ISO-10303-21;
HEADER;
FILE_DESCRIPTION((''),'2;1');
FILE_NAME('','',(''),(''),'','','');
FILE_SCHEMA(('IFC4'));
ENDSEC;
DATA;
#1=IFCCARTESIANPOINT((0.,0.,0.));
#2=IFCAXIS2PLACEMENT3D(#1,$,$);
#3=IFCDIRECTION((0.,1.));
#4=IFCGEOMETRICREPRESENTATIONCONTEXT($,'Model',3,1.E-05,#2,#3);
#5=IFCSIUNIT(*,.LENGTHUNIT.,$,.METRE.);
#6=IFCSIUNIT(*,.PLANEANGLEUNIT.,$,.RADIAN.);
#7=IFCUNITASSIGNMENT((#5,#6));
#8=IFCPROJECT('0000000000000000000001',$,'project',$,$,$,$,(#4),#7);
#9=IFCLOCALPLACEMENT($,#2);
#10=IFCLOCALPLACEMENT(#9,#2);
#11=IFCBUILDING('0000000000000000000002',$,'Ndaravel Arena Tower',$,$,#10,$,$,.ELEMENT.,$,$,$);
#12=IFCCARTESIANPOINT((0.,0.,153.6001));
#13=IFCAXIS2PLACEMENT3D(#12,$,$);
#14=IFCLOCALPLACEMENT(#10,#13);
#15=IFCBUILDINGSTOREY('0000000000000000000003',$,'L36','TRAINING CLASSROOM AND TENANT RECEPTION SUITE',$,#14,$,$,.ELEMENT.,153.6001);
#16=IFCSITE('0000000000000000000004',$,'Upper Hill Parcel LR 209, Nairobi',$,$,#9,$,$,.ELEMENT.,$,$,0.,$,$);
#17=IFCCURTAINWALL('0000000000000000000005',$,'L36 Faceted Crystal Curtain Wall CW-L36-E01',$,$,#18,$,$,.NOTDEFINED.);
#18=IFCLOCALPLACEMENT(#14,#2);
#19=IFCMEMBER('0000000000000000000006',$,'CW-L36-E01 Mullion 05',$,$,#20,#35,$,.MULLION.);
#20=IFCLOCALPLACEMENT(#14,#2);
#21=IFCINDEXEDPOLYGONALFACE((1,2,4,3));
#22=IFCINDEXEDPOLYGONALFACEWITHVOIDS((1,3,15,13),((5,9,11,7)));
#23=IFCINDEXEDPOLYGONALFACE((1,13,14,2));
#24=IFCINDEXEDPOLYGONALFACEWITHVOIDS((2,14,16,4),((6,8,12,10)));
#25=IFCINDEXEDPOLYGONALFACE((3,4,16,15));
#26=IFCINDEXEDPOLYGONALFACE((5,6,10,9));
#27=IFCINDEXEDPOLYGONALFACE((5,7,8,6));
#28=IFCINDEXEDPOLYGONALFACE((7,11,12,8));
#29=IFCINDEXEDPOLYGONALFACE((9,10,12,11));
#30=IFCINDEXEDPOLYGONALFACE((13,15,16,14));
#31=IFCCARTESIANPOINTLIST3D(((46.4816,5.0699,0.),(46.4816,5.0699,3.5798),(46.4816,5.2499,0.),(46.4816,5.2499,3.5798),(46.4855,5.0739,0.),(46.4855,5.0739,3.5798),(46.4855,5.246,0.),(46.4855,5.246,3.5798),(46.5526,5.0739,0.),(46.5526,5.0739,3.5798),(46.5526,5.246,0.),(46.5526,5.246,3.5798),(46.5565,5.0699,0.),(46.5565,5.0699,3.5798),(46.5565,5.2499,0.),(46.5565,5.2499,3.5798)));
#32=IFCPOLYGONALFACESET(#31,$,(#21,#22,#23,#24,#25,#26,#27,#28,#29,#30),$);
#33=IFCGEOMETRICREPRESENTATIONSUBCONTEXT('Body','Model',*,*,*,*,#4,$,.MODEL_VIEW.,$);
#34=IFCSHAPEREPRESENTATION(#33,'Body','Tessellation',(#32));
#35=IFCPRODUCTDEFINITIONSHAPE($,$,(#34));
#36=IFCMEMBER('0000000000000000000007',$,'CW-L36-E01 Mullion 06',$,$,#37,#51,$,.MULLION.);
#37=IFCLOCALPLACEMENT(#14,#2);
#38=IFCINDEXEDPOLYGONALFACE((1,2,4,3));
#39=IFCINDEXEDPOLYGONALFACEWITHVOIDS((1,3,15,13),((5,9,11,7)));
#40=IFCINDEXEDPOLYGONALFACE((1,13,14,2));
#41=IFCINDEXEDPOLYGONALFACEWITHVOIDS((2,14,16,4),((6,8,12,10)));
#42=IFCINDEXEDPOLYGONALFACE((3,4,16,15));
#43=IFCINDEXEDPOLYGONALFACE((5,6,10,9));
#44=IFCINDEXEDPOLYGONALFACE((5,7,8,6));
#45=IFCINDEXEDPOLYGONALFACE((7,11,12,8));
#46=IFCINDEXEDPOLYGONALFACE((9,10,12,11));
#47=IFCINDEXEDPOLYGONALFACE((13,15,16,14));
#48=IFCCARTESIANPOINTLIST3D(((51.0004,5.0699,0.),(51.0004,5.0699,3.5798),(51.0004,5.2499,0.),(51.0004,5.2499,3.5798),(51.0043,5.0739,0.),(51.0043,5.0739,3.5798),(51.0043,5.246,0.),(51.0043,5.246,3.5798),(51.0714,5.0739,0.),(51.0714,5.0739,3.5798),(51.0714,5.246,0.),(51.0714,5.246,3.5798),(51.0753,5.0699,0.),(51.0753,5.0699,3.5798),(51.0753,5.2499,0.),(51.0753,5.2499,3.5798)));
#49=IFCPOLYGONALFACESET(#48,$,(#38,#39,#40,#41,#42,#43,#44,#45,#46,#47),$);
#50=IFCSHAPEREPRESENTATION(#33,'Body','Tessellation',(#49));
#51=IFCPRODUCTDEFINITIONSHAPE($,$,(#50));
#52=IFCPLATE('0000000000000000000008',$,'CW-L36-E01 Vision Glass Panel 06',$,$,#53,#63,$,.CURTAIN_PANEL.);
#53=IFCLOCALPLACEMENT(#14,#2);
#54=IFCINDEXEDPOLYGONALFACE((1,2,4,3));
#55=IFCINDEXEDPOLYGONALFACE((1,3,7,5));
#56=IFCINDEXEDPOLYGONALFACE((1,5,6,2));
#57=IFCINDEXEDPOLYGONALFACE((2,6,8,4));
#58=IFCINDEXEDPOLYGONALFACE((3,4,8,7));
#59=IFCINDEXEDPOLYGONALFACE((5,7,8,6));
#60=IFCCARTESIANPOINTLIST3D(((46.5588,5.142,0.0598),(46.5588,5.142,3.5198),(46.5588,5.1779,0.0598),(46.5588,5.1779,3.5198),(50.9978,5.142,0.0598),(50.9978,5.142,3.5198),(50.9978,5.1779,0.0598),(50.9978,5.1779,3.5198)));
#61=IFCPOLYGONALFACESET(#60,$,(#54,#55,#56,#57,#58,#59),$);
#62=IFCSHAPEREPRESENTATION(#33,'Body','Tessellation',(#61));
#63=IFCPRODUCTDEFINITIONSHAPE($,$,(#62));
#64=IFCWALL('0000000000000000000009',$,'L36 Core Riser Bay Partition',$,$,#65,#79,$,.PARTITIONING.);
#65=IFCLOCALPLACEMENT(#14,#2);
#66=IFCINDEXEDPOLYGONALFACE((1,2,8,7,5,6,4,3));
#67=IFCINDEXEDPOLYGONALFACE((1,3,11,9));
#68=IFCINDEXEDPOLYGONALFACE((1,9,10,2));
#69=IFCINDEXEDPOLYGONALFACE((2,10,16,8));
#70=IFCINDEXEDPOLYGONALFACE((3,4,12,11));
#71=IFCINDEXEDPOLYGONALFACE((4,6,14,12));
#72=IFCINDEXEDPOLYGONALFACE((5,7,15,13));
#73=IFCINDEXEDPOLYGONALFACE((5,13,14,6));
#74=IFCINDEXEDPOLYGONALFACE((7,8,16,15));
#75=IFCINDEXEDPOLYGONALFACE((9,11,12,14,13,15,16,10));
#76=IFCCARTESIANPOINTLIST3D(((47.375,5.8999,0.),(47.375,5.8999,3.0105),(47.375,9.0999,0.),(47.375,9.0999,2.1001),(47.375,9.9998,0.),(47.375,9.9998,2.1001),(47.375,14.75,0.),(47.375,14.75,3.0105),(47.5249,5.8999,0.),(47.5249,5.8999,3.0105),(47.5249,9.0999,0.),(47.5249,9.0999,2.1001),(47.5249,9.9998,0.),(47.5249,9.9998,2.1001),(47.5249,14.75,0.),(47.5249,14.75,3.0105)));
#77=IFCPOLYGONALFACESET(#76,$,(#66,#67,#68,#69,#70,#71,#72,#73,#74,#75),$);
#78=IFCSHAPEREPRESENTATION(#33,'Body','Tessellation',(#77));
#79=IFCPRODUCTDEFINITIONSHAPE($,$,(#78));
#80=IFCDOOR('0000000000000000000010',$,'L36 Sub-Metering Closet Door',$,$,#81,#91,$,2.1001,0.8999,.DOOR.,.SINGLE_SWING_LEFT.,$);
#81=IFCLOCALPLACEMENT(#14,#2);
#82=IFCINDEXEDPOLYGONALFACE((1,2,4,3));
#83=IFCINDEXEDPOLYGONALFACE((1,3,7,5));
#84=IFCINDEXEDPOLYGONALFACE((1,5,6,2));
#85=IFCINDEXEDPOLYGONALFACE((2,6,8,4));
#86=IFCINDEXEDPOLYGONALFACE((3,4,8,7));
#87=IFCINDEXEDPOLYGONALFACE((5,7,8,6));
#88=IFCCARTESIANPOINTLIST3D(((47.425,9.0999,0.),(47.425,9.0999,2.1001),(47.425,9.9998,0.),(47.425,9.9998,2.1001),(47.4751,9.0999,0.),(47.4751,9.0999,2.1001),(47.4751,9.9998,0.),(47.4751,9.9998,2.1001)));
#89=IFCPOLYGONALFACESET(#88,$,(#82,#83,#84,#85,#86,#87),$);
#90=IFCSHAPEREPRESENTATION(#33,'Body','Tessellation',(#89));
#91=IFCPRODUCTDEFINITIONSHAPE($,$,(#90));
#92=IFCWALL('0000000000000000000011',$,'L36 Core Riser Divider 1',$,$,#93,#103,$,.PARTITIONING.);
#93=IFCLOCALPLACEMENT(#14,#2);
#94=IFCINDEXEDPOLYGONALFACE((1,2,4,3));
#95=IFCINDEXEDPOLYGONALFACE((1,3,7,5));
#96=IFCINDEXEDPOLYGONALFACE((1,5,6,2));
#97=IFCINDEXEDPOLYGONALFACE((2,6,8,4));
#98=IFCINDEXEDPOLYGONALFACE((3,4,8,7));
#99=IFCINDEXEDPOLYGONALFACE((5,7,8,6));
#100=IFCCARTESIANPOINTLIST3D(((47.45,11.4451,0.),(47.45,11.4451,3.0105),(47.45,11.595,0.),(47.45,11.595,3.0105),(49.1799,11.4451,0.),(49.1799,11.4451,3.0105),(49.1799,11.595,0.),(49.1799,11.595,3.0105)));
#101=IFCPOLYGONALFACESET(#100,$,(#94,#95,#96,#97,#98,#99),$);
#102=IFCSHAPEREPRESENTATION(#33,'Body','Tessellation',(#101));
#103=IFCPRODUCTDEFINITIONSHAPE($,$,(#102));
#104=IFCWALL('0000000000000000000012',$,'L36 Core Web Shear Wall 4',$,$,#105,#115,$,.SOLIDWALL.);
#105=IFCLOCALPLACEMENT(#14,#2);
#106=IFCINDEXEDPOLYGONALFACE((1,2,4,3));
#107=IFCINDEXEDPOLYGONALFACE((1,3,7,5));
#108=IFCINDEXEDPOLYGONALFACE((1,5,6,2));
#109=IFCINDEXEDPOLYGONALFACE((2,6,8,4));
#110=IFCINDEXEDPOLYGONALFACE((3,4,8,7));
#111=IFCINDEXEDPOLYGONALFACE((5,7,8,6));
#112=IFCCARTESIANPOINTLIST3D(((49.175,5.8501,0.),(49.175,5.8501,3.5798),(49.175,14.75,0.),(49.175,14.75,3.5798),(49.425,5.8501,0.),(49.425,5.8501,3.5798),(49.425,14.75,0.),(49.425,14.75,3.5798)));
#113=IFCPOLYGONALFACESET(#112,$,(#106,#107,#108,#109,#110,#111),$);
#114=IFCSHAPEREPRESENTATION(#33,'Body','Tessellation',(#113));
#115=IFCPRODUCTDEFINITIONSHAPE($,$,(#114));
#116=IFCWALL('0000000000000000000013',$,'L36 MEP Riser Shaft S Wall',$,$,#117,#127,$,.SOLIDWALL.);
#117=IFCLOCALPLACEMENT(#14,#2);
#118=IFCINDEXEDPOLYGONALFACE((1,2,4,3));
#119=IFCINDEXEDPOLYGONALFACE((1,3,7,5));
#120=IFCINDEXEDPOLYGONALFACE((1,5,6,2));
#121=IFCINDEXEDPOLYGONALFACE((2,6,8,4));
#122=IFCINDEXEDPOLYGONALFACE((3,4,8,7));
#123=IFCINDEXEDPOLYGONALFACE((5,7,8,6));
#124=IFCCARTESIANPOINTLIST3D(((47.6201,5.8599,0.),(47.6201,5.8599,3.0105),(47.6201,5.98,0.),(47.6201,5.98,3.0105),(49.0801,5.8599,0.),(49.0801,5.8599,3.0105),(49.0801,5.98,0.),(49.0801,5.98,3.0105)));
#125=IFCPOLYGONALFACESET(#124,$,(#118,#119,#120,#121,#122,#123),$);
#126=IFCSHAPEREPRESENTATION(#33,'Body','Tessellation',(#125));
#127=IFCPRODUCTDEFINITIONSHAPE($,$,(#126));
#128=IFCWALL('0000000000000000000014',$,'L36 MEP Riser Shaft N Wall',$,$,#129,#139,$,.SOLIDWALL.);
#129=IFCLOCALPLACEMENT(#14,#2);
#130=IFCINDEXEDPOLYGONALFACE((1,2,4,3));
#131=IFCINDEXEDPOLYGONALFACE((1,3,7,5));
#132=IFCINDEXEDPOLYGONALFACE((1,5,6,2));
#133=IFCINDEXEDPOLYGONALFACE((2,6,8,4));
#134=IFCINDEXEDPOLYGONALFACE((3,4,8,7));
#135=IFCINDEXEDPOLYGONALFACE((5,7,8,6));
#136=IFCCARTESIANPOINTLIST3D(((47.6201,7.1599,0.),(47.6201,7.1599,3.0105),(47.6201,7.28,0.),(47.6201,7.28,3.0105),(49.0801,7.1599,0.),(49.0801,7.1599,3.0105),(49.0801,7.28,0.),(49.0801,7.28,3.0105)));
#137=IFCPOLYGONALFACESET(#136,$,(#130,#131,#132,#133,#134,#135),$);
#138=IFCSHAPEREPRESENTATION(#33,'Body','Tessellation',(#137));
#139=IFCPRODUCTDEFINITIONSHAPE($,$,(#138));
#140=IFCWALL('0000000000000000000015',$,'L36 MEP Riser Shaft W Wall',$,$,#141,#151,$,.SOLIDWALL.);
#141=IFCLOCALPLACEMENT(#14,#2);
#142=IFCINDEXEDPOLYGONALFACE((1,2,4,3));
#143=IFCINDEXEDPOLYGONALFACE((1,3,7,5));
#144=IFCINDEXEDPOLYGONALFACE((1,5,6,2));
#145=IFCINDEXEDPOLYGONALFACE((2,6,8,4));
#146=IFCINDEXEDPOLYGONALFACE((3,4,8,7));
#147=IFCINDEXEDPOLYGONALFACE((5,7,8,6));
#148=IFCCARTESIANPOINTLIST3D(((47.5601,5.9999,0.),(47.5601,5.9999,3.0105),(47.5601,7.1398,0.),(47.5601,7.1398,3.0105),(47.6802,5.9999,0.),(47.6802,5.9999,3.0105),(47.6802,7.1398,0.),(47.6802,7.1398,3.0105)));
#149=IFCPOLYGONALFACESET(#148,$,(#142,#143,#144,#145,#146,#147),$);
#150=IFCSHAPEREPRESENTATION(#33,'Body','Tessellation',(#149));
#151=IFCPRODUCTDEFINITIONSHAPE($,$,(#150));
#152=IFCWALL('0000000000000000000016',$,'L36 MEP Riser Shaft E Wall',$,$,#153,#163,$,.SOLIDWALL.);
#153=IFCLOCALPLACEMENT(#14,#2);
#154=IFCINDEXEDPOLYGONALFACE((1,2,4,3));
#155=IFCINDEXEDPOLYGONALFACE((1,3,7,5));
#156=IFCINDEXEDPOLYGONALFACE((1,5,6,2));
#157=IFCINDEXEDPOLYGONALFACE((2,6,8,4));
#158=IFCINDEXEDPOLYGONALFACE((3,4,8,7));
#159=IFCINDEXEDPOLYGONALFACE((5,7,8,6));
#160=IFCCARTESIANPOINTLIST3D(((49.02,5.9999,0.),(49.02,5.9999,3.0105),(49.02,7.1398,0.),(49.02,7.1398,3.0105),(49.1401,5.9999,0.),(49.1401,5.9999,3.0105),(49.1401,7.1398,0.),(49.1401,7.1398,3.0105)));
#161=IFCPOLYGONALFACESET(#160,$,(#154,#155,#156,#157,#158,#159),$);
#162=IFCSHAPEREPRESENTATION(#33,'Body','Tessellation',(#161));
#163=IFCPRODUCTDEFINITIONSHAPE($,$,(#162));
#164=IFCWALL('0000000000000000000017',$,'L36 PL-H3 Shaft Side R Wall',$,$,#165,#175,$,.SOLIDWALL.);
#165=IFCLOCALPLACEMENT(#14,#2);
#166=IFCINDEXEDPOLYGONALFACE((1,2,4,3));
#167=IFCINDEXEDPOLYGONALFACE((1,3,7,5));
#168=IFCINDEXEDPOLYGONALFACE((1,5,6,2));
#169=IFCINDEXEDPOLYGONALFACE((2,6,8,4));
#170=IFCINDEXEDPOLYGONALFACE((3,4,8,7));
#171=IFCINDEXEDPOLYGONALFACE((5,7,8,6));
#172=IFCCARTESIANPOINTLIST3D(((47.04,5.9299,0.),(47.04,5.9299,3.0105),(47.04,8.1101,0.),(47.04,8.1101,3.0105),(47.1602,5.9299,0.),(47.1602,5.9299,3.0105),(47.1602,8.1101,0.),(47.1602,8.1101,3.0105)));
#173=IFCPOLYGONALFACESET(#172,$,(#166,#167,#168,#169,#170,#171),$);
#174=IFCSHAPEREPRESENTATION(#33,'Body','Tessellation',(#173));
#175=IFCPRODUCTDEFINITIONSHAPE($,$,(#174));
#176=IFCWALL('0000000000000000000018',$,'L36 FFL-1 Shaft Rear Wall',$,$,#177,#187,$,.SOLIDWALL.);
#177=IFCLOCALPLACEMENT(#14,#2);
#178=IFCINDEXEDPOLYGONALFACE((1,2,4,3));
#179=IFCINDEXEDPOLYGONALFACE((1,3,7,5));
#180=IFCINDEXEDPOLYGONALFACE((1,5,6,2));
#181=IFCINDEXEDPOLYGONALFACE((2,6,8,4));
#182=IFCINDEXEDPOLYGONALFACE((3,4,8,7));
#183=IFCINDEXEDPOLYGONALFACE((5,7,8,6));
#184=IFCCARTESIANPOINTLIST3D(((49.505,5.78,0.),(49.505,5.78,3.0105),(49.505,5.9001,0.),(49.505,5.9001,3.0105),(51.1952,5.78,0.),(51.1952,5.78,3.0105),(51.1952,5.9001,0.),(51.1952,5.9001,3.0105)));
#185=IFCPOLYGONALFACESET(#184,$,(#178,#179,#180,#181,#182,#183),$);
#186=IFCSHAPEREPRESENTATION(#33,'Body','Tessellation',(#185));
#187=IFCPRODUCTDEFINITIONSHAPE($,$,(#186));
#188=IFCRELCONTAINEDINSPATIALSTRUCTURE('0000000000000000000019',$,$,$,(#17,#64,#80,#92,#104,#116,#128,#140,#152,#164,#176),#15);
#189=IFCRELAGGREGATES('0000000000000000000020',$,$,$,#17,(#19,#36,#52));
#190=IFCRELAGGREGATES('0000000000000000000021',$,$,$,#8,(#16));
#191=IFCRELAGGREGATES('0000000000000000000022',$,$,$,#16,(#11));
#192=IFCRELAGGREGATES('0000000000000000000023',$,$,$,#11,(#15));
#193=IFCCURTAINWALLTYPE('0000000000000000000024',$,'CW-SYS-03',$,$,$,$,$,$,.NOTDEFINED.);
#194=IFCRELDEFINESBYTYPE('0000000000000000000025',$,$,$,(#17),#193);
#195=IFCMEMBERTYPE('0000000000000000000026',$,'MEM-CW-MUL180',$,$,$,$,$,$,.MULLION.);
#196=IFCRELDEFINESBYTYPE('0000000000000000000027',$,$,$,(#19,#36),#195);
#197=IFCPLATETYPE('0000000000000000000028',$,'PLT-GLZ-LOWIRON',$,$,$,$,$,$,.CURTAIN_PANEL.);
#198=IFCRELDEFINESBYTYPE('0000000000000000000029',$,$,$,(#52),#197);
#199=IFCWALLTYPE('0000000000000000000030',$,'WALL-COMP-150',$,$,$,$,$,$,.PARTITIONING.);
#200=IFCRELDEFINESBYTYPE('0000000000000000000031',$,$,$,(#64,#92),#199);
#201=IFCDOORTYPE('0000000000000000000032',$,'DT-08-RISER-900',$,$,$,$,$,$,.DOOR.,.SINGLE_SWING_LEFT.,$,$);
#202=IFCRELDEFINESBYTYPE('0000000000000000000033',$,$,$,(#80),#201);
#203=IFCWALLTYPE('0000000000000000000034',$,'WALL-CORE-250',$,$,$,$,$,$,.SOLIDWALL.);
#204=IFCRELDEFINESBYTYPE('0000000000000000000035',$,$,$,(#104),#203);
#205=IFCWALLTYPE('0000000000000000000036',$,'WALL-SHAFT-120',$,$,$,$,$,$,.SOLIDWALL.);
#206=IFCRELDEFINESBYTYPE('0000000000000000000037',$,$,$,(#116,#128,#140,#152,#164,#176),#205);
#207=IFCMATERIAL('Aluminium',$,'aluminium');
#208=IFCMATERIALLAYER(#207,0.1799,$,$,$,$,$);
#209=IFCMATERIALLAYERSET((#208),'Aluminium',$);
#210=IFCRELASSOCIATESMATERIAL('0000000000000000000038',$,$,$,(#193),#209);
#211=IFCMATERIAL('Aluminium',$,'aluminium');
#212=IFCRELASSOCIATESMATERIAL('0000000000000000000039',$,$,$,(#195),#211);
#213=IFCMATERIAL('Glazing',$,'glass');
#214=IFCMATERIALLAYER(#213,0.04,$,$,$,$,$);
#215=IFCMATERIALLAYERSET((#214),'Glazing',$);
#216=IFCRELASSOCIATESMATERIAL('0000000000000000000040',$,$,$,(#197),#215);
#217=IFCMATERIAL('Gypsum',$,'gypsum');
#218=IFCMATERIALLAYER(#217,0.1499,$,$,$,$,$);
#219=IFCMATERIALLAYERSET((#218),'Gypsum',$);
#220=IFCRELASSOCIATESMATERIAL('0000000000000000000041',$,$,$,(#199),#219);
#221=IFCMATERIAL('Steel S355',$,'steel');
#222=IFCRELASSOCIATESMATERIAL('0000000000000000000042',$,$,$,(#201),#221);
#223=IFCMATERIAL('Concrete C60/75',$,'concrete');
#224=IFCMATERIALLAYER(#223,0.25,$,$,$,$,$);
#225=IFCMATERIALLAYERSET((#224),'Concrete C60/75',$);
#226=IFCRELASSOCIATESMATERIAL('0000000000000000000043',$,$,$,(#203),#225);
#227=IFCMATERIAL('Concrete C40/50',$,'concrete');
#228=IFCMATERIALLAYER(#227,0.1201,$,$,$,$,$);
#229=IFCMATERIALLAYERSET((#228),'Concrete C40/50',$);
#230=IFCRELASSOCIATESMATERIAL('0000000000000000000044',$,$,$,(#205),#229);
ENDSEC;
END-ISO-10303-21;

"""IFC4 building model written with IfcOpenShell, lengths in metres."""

from ifc_helpers import new_model, si_unit, direction, frame, frame_2d, origin, origin_2d, place, context, subcontext, project, spatial, rectangle, hollow_rectangle, extrude, material, layer, layer_set, material_profile, profile_set, type_object, element, fill, aggregate, save


model = new_model("IFC4")

# Units and contexts
model_context = context("Model", 3, precision=1e-05, world=origin(), true_north=direction((0.0, 1.0)))
body_context = subcontext(model_context, "Body", "Model", "MODEL_VIEW")
ifc_project = project(units=[si_unit("LENGTHUNIT", "METRE"), si_unit("PLANEANGLEUNIT", "RADIAN")], contexts=[model_context])

# Site, building, storey
site_placement = place(None, origin())
site = spatial("IfcSite", under=ifc_project, at=site_placement, Name="Upper Hill Parcel LR 209, Nairobi", CompositionType="ELEMENT", RefElevation=0.0)
building_placement = place(site_placement, origin())
building = spatial("IfcBuilding", under=site, at=building_placement, Name="Ndaravel Arena Tower", CompositionType="ELEMENT")
storey_placement = place(building_placement, frame((0.0, 0.0, 153.6001)))
storey = spatial("IfcBuildingStorey", under=building, at=storey_placement, Name="L36", Description="TRAINING CLASSROOM AND TENANT RECEPTION SUITE", CompositionType="ELEMENT", Elevation=153.6001)

# Curtain wall, members, plate
ifc_material_1 = material(Name="Aluminium", Category="aluminium")
ifc_layer_1 = layer(ifc_material_1, 0.1799)
ifc_layer_set_1 = layer_set([ifc_layer_1], Name="Aluminium")
curtain_wall_type = type_object("IfcCurtainWallType", Name="CW-SYS-03", PredefinedType="NOTDEFINED", material=ifc_layer_set_1)
curtain_wall_placement = place(storey_placement, origin())
curtain_wall = element("IfcCurtainWall", 1, at=curtain_wall_placement, inside=storey, type_object=curtain_wall_type, Name="L36 Faceted Crystal Curtain Wall CW-L36-E01", PredefinedType="NOTDEFINED")
ifc_material_2 = material(Name="Aluminium", Category="aluminium")
ifc_material_profile = material_profile(ifc_material_2, hollow_rectangle(XDim=0.075, YDim=0.1799, WallThickness=0.0039, at=origin_2d()), Name="CW MULLION 75x180x4")
ifc_profile_set = profile_set([ifc_material_profile], Name="Aluminium")
member_type = type_object("IfcMemberType", Name="MEM-CW-MUL180", PredefinedType="MULLION", material=ifc_profile_set)
member_1_placement = place(storey_placement, frame((46.519, 5.1599, 0.0), z_axis=(0.0, 0.0, 1.0), x_axis=(1.0, 0.0, 0.0)))
member_1 = element("IfcMember", 2, at=member_1_placement, type_object=member_type, Name="CW-L36-E01 Mullion 05", PredefinedType="MULLION", context=body_context, shape_type="SweptSolid", body=[
    extrude(hollow_rectangle(XDim=0.075, YDim=0.1799, WallThickness=0.0039, at=origin_2d()), origin(), (0.0, 0.0, 1.0), 3.5798),
])
member_2_placement = place(storey_placement, frame((51.0378, 5.1599, 0.0), z_axis=(0.0, 0.0, 1.0), x_axis=(1.0, 0.0, 0.0)))
member_2 = element("IfcMember", 3, at=member_2_placement, type_object=member_type, Name="CW-L36-E01 Mullion 06", PredefinedType="MULLION", context=body_context, shape_type="SweptSolid", body=[
    extrude(hollow_rectangle(XDim=0.075, YDim=0.1799, WallThickness=0.0039, at=origin_2d()), origin(), (0.0, 0.0, 1.0), 3.5798),
])
ifc_material_3 = material(Name="Glazing", Category="glass")
ifc_layer_2 = layer(ifc_material_3, 0.04)
ifc_layer_set_2 = layer_set([ifc_layer_2], Name="Glazing")
plate_type = type_object("IfcPlateType", Name="PLT-GLZ-LOWIRON", PredefinedType="CURTAIN_PANEL", material=ifc_layer_set_2)
plate_placement = place(storey_placement, frame((48.7783, 5.1599, 0.0598), z_axis=(0.0, 0.0, 1.0), x_axis=(1.0, 0.0, 0.0)))
plate = element("IfcPlate", 4, at=plate_placement, type_object=plate_type, Name="CW-L36-E01 Vision Glass Panel 06", PredefinedType="CURTAIN_PANEL", context=body_context, shape_type="SweptSolid", body=[
    extrude(rectangle(XDim=4.439, YDim=0.0359, at=origin_2d()), origin(), (0.0, 0.0, 1.0), 3.46),
])
aggregate(curtain_wall, [member_1, member_2, plate])

# Wall, opening, door
ifc_material_4 = material(Name="Gypsum", Category="gypsum")
ifc_layer_3 = layer(ifc_material_4, 0.1499)
ifc_layer_set_3 = layer_set([ifc_layer_3], Name="Gypsum")
wall_type_1 = type_object("IfcWallType", Name="WALL-COMP-150", PredefinedType="PARTITIONING", material=ifc_layer_set_3)
wall_1_placement = place(storey_placement, frame((47.45, 5.8999, 0.0), z_axis=(0.0, 0.0, 1.0), x_axis=(0.0, 1.0, 0.0)))
wall_1 = element("IfcWall", 5, at=wall_1_placement, inside=storey, type_object=wall_type_1, Name="L36 Core Riser Bay Partition", PredefinedType="PARTITIONING", context=body_context, shape_type="SweptSolid", body=[
    extrude(rectangle(XDim=8.8501, YDim=0.1499, at=frame_2d((4.425, 0.0))), origin(), (0.0, 0.0, 1.0), 3.0105),
])
opening_1_placement = place(wall_1_placement, frame((3.2, 0.0, 0.0)))
opening_1 = element("IfcOpeningElement", 6, at=opening_1_placement, cuts=wall_1, PredefinedType="OPENING", context=body_context, shape_type="SweptSolid", body=[
    extrude(rectangle(XDim=0.8999, YDim=2.1001, at=frame_2d((0.45, 1.05))), frame((0.0, 0.075, 0.0), z_axis=(0.0, -1.0, 0.0), x_axis=(1.0, 0.0, 0.0)), (0.0, 0.0, 1.0), 0.1499),
])
ifc_material_5 = material(Name="Steel S355", Category="steel")
door_type_1 = type_object("IfcDoorType", Name="DT-08-RISER-900", OperationType="SINGLE_SWING_LEFT", PredefinedType="DOOR", material=ifc_material_5)
door_1_placement = place(opening_1_placement, origin())
door_1 = element("IfcDoor", 7, at=door_1_placement, inside=storey, type_object=door_type_1, Name="L36 Sub-Metering Closet Door", OperationType="SINGLE_SWING_LEFT", OverallHeight=2.1001, OverallWidth=0.8999, PredefinedType="DOOR", context=body_context, shape_type="SweptSolid", body=[
    extrude(rectangle(XDim=0.8999, YDim=2.1001, at=frame_2d((0.45, 1.05))), frame((0.0, 0.0249, 0.0), z_axis=(0.0, -1.0, 0.0), x_axis=(1.0, 0.0, 0.0)), (0.0, 0.0, 1.0), 0.05),
])
fill(opening_1, door_1)

# Walls
wall_2_placement = place(storey_placement, frame((47.45, 11.52, 0.0), z_axis=(0.0, 0.0, 1.0), x_axis=(1.0, 0.0, 0.0)))
element("IfcWall", 8, at=wall_2_placement, inside=storey, type_object=wall_type_1, Name="L36 Core Riser Divider 1", PredefinedType="PARTITIONING", context=body_context, shape_type="SweptSolid", body=[
    extrude(rectangle(XDim=1.73, YDim=0.1499, at=frame_2d((0.865, 0.0))), origin(), (0.0, 0.0, 1.0), 3.0105),
])
ifc_material_6 = material(Name="Concrete C60/75", Category="concrete")
ifc_layer_4 = layer(ifc_material_6, 0.25)
ifc_layer_set_4 = layer_set([ifc_layer_4], Name="Concrete C60/75")
wall_type_2 = type_object("IfcWallType", Name="WALL-CORE-250", PredefinedType="SOLIDWALL", material=ifc_layer_set_4)
wall_3_placement = place(storey_placement, frame((49.3, 5.8501, 0.0), z_axis=(0.0, 0.0, 1.0), x_axis=(0.0, 1.0, 0.0)))
element("IfcWall", 9, at=wall_3_placement, inside=storey, type_object=wall_type_2, Name="L36 Core Web Shear Wall 4", PredefinedType="SOLIDWALL", context=body_context, shape_type="SweptSolid", body=[
    extrude(rectangle(XDim=8.8999, YDim=0.25, at=frame_2d((4.45, 0.0))), origin(), (0.0, 0.0, 1.0), 3.5798),
])
ifc_material_7 = material(Name="Concrete C40/50", Category="concrete")
ifc_layer_5 = layer(ifc_material_7, 0.1201)
ifc_layer_set_5 = layer_set([ifc_layer_5], Name="Concrete C40/50")
wall_type_3 = type_object("IfcWallType", Name="WALL-SHAFT-120", PredefinedType="SOLIDWALL", material=ifc_layer_set_5)
for number, where, z_axis, x_axis, name in (
    (10, (47.6201, 5.9199, 0.0), (0.0, 0.0, 1.0), (1.0, 0.0, 0.0), "L36 MEP Riser Shaft S Wall"),
    (11, (47.6201, 7.22, 0.0), (0.0, 0.0, 1.0), (1.0, 0.0, 0.0), "L36 MEP Riser Shaft N Wall"),
):
    element("IfcWall", number, at=place(storey_placement, frame(where, z_axis=z_axis, x_axis=x_axis)), inside=storey, type_object=wall_type_3, Name=name, PredefinedType="SOLIDWALL", context=body_context, shape_type="SweptSolid", body=[
        extrude(rectangle(XDim=1.46, YDim=0.1201, at=frame_2d((0.73, 0.0))), origin(), (0.0, 0.0, 1.0), 3.0105),
    ])
for number, where, z_axis, x_axis, name in (
    (12, (47.6201, 6.0, 0.0), (0.0, 0.0, 1.0), (0.0, 1.0, 0.0), "L36 MEP Riser Shaft W Wall"),
    (13, (49.0801, 6.0, 0.0), (0.0, 0.0, 1.0), (0.0, 1.0, 0.0), "L36 MEP Riser Shaft E Wall"),
):
    element("IfcWall", number, at=place(storey_placement, frame(where, z_axis=z_axis, x_axis=x_axis)), inside=storey, type_object=wall_type_3, Name=name, PredefinedType="SOLIDWALL", context=body_context, shape_type="SweptSolid", body=[
        extrude(rectangle(XDim=1.1399, YDim=0.1201, at=frame_2d((0.5698, 0.0))), origin(), (0.0, 0.0, 1.0), 3.0105),
    ])
wall_4_placement = place(storey_placement, frame((47.1001, 5.9299, 0.0), z_axis=(0.0, 0.0, 1.0), x_axis=(0.0, 1.0, 0.0)))
element("IfcWall", 14, at=wall_4_placement, inside=storey, type_object=wall_type_3, Name="L36 PL-H3 Shaft Side R Wall", PredefinedType="SOLIDWALL", context=body_context, shape_type="SweptSolid", body=[
    extrude(rectangle(XDim=2.1802, YDim=0.1201, at=frame_2d((1.0901, 0.0))), origin(), (0.0, 0.0, 1.0), 3.0105),
])
wall_5_placement = place(storey_placement, frame((49.5049, 5.8401, 0.0), z_axis=(0.0, 0.0, 1.0), x_axis=(1.0, 0.0, 0.0)))
element("IfcWall", 15, at=wall_5_placement, inside=storey, type_object=wall_type_3, Name="L36 FFL-1 Shaft Rear Wall", PredefinedType="SOLIDWALL", context=body_context, shape_type="SweptSolid", body=[
    extrude(rectangle(XDim=1.6902, YDim=0.1201, at=frame_2d((0.8452, 0.0))), origin(), (0.0, 0.0, 1.0), 3.0105),
])

save(model, "model.ifc")
